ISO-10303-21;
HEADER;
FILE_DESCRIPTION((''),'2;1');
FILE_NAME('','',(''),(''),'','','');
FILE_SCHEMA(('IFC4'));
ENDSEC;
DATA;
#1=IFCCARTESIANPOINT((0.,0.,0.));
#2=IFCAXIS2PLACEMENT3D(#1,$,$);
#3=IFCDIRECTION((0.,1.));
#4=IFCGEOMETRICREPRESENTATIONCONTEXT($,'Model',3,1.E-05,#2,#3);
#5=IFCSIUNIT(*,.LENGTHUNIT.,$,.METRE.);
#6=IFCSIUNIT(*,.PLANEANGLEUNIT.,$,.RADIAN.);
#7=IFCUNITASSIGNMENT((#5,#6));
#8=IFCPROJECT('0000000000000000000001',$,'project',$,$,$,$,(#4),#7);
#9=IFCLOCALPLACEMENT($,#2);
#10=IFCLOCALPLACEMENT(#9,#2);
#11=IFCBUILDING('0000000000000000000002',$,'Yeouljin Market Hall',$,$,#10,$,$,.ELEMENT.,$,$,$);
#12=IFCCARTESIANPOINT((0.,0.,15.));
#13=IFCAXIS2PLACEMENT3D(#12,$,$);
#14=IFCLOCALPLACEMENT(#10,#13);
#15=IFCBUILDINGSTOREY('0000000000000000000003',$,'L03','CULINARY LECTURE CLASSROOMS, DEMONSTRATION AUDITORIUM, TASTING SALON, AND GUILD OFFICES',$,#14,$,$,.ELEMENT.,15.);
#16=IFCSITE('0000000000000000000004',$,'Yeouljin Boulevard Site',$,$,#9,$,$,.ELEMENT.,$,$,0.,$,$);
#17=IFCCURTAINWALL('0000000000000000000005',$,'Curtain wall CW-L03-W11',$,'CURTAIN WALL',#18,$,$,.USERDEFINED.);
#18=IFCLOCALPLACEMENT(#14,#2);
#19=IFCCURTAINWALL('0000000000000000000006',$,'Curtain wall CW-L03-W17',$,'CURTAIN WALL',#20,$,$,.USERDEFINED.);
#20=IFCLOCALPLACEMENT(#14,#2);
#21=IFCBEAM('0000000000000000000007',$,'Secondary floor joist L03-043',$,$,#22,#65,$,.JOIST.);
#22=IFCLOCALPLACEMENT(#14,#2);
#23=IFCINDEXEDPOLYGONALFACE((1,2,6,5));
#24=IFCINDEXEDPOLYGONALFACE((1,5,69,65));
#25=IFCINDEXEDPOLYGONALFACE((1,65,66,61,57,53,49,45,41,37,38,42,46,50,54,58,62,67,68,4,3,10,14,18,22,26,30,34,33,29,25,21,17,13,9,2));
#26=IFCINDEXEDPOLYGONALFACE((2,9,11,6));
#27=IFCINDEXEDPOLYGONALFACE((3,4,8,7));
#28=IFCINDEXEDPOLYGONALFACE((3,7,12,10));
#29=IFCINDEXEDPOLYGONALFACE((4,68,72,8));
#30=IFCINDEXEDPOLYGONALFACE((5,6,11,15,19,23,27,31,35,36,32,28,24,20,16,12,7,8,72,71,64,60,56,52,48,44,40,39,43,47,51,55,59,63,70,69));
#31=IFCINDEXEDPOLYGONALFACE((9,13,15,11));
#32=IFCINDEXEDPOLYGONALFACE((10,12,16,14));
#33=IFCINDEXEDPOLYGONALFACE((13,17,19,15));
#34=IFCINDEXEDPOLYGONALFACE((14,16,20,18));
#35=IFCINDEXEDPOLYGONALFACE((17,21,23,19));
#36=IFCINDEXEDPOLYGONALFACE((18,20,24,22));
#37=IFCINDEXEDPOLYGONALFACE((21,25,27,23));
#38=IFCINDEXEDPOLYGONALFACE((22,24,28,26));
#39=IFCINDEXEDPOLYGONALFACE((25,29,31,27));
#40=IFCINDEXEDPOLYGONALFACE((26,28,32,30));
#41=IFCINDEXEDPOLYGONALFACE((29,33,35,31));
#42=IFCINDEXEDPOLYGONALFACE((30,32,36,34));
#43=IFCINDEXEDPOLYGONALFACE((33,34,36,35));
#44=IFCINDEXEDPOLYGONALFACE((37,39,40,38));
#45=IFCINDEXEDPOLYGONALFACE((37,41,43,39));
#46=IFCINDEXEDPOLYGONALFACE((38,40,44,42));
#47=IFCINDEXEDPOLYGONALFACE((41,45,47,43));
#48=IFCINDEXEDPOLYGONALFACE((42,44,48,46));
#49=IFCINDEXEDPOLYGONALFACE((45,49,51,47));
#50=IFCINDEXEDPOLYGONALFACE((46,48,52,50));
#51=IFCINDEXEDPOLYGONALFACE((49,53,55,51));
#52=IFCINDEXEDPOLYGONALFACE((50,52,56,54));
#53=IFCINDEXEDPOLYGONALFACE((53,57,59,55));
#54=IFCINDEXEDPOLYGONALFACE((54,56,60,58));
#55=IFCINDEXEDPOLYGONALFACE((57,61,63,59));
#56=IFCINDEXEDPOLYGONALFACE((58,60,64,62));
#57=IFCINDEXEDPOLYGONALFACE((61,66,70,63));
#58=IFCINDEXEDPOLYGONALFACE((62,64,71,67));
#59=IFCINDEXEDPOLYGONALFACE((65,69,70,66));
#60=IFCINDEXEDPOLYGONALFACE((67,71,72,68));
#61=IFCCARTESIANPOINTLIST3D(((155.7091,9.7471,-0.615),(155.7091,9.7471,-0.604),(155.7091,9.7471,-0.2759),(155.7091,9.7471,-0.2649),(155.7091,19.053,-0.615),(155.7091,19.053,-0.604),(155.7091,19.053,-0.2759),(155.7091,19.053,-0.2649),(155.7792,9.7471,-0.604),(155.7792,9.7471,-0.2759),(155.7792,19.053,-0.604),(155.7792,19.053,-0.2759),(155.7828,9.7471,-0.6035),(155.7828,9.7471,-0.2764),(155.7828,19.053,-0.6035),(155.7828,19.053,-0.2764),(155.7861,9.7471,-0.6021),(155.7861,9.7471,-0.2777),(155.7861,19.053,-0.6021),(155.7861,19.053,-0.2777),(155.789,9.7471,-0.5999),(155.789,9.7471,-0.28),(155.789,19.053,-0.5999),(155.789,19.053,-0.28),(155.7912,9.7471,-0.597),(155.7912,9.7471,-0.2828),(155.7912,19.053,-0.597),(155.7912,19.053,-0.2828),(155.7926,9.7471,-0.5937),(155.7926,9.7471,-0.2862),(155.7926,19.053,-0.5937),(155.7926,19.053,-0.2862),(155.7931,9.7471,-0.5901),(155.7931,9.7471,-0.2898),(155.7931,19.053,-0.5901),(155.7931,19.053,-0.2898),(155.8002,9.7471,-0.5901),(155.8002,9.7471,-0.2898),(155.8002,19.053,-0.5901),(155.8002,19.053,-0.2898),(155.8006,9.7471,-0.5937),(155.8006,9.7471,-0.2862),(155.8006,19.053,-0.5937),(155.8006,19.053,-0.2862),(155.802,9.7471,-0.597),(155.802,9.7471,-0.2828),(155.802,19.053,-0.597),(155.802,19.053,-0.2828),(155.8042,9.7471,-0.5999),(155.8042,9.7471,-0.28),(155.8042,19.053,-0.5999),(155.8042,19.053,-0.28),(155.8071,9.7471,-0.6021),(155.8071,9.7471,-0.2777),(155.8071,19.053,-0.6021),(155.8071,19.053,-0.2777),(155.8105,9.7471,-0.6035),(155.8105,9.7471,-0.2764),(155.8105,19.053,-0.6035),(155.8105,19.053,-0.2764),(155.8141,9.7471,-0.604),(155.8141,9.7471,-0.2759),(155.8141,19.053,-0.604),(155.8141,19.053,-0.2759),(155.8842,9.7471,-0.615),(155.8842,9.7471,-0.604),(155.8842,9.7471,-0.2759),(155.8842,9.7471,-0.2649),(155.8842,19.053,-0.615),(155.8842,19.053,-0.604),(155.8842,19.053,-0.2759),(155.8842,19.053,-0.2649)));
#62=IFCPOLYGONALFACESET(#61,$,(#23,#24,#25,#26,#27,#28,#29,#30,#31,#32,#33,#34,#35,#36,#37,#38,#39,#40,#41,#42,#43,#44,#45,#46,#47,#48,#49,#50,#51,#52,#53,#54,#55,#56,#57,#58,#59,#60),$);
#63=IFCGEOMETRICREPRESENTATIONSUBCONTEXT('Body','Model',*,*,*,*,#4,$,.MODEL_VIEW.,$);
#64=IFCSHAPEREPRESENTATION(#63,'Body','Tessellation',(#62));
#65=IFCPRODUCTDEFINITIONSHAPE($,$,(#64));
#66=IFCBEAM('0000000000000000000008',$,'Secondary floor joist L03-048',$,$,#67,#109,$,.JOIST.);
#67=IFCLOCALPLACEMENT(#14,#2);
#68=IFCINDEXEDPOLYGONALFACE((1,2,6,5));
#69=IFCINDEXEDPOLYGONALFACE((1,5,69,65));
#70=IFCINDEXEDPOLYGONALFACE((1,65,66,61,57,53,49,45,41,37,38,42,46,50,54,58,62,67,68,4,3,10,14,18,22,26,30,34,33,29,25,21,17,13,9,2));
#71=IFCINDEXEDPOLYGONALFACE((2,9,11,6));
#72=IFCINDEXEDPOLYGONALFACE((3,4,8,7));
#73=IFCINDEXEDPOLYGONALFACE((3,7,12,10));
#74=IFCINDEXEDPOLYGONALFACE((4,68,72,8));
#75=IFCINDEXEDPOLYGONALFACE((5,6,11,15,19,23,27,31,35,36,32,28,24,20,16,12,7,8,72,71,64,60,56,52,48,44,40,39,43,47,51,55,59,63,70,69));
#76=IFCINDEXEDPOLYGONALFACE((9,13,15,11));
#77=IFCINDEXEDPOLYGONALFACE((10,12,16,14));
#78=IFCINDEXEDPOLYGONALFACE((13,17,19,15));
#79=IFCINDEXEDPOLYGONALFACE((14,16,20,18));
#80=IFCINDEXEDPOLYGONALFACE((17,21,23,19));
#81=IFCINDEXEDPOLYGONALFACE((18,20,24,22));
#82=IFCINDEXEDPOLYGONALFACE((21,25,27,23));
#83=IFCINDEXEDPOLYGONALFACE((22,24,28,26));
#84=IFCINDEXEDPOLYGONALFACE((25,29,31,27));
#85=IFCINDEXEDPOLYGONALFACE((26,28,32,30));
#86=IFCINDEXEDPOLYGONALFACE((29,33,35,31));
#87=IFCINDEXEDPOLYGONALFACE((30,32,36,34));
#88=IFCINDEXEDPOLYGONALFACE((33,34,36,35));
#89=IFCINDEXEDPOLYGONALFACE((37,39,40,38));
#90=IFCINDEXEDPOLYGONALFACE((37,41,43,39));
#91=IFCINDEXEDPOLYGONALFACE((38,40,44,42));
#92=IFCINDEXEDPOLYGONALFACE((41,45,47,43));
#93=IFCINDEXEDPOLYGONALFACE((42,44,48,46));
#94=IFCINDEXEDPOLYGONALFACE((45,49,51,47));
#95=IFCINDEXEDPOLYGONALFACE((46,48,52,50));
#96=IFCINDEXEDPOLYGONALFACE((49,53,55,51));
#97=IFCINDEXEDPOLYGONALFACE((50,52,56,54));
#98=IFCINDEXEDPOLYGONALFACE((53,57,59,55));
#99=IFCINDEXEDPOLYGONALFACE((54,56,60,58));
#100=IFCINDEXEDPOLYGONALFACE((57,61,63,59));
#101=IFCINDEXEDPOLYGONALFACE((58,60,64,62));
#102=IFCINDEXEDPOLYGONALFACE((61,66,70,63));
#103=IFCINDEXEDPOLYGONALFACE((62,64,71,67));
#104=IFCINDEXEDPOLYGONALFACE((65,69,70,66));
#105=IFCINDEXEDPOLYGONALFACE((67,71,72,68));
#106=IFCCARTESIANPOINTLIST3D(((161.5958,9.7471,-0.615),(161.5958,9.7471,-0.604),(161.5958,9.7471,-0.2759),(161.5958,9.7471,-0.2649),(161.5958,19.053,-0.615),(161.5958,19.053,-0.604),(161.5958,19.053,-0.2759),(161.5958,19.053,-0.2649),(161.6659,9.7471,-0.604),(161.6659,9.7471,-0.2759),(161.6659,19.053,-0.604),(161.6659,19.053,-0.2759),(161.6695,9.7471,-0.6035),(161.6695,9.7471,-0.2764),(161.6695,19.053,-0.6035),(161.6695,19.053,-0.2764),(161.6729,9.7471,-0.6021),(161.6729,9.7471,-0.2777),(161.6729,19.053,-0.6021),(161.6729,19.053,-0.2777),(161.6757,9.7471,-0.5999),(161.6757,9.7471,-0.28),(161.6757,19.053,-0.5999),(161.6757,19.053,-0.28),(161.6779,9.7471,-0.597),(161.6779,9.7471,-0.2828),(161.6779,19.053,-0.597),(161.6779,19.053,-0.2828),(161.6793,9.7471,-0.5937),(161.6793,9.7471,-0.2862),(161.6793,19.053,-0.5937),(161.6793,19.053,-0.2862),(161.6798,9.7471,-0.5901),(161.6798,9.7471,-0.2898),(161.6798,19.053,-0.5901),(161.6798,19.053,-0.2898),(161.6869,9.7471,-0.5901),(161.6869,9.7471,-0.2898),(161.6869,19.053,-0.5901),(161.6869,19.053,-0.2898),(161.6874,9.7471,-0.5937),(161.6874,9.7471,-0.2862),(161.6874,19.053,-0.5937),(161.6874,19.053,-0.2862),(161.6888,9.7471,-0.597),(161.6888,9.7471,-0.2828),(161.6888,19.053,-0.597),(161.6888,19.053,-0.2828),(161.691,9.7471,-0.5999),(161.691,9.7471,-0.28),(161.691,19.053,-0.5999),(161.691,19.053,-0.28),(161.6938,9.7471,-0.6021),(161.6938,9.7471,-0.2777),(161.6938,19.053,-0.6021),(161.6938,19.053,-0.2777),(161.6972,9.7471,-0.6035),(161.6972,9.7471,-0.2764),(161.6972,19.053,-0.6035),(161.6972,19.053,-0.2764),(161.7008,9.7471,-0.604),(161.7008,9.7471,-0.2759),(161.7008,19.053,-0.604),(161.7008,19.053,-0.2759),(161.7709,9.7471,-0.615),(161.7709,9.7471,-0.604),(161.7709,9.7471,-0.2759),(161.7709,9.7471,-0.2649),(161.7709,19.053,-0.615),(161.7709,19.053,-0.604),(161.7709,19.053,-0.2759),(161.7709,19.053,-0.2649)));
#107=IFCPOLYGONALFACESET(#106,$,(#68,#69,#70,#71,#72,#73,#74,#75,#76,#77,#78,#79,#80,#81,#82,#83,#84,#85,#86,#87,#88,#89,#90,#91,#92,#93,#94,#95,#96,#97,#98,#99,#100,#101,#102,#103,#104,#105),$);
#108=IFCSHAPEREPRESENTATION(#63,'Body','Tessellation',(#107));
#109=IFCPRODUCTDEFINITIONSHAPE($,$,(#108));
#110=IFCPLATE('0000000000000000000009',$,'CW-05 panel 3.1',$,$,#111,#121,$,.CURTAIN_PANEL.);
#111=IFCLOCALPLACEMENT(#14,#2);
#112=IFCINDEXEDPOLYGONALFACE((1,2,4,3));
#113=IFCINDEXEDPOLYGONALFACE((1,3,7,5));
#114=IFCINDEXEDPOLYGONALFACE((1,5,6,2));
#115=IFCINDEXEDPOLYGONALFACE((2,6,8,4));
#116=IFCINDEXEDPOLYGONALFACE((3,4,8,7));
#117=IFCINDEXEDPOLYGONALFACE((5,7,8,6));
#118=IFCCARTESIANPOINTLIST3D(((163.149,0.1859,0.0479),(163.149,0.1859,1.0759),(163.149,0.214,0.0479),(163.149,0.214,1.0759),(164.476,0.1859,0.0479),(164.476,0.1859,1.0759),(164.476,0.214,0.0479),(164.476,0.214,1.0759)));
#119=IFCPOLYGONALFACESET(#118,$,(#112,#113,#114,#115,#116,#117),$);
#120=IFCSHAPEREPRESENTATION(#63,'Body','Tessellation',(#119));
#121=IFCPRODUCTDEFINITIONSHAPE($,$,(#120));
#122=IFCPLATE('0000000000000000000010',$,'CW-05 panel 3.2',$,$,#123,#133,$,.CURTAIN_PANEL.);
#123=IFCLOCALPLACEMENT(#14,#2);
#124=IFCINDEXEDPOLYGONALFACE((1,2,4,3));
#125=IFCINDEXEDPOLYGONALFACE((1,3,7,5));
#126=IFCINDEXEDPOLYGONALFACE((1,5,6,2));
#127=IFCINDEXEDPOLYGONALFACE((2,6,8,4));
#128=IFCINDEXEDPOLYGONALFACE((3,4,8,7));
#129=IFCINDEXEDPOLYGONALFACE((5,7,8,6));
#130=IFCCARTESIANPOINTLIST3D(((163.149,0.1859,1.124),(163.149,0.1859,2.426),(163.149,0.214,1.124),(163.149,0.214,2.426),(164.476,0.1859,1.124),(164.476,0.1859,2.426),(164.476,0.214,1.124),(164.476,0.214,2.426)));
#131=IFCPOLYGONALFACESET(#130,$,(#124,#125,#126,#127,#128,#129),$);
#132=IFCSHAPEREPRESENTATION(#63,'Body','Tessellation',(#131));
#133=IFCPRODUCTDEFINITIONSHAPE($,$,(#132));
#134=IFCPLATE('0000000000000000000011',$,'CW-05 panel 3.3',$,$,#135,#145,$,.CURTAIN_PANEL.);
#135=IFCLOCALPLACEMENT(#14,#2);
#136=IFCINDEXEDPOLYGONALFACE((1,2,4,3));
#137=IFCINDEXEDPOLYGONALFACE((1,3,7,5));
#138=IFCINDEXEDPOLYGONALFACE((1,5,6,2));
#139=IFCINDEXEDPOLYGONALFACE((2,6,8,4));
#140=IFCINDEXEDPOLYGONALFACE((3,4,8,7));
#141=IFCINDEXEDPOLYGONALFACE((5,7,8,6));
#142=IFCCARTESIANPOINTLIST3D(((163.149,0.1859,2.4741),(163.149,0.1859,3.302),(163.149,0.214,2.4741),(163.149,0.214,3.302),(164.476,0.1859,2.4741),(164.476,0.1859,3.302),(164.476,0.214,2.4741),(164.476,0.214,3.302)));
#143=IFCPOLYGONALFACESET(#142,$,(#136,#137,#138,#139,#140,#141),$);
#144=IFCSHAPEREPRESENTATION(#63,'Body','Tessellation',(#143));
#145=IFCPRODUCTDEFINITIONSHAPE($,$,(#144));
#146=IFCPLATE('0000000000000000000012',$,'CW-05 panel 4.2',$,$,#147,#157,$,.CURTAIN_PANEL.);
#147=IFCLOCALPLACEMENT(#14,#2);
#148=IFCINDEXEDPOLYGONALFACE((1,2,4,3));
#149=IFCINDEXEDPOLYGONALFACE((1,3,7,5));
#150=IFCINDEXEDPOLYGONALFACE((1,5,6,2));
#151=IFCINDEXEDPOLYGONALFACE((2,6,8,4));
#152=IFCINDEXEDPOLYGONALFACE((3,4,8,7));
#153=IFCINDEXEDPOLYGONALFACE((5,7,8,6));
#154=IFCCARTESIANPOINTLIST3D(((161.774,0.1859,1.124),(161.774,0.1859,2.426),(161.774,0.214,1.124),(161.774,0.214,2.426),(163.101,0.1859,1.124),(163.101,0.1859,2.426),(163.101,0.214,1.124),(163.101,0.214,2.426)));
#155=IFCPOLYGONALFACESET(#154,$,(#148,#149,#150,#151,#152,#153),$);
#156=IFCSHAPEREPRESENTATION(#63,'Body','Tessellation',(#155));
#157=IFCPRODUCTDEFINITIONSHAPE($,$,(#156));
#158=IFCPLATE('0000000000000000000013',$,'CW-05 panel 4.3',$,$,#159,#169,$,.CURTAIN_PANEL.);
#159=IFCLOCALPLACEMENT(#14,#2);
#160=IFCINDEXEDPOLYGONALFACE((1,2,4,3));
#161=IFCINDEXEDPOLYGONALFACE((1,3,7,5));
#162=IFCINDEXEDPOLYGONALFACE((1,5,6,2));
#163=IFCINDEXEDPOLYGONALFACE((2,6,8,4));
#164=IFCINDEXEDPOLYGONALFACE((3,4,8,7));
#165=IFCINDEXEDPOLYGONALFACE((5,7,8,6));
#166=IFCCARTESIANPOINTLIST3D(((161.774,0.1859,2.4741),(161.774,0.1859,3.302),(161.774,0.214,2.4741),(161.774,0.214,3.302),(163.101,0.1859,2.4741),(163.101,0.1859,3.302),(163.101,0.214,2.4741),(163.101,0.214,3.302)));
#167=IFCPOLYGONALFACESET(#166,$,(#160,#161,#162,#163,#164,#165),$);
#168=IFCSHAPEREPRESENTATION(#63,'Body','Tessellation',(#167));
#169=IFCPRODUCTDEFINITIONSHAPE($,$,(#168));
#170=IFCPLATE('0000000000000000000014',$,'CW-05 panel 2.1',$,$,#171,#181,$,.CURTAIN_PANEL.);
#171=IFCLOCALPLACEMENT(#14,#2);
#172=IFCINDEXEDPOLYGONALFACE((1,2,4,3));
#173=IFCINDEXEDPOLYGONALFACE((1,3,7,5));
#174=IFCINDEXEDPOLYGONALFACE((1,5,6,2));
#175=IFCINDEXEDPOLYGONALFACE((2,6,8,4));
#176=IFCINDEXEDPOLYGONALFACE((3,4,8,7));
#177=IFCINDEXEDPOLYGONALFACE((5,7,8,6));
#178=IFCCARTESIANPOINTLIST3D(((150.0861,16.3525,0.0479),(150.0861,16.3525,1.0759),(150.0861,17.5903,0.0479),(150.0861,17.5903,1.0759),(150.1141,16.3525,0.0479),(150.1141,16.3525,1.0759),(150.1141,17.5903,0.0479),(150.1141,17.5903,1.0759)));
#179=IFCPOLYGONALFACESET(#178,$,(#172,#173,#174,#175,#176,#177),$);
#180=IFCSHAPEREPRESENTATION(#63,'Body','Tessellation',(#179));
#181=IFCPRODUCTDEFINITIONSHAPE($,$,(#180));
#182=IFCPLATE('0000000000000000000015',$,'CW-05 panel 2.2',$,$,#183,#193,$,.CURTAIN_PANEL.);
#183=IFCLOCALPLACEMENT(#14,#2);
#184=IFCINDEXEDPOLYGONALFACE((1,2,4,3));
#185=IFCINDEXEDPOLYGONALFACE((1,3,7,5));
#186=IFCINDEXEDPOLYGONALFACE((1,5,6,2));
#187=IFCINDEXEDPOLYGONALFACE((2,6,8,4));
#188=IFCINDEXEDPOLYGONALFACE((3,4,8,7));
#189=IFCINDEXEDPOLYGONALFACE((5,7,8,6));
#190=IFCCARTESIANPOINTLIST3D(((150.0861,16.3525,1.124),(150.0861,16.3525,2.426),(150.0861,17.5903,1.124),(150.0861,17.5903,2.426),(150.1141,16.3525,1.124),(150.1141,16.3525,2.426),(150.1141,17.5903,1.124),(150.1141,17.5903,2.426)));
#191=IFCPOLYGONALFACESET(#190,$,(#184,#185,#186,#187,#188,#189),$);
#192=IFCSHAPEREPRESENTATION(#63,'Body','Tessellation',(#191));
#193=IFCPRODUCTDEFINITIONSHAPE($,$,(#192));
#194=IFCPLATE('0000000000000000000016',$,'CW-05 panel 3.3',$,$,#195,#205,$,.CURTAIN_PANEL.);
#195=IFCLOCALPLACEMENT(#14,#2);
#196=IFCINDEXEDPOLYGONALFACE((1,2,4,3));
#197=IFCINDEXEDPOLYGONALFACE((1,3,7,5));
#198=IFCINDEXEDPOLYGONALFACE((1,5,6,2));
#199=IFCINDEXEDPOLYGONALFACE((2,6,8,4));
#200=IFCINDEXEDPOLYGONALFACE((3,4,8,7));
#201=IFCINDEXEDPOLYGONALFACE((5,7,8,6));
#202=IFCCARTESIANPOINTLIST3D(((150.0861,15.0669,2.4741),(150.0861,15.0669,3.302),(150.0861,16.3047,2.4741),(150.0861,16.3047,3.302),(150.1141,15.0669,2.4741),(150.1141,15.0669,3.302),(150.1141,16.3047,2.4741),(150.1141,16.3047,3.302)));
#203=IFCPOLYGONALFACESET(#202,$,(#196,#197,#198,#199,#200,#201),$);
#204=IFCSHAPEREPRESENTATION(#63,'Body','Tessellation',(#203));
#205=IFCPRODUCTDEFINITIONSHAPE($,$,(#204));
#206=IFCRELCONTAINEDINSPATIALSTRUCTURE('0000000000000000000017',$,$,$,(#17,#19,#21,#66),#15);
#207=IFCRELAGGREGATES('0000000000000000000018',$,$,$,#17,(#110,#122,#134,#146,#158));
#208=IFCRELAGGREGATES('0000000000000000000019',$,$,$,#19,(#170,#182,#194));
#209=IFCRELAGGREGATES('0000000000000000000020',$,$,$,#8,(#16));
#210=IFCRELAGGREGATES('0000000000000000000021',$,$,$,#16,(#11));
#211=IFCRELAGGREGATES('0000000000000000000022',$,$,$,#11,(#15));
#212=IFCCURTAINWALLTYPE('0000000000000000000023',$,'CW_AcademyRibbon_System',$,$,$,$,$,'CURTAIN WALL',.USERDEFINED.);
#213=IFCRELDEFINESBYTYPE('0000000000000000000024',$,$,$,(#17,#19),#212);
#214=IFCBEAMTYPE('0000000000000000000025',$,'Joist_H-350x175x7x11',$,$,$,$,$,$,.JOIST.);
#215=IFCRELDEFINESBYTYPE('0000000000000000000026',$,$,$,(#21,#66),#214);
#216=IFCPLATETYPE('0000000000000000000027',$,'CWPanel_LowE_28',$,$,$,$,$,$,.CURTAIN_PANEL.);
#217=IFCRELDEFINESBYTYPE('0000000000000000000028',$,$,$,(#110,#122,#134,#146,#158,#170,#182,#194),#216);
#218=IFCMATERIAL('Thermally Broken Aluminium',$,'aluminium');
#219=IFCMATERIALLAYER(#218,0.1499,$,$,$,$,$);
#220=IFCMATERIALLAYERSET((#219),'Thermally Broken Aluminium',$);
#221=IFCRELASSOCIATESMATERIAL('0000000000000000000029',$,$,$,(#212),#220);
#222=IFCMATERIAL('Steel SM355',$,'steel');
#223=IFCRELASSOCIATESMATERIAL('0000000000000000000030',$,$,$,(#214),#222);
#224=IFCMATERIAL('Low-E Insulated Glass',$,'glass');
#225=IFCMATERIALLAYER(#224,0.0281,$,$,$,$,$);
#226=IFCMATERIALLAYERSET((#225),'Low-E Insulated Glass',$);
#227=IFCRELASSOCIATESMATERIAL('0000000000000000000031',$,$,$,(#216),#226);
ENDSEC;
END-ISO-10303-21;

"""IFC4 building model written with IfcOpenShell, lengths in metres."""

from ifc_helpers import new_model, si_unit, direction, frame, origin, origin_2d, place, context, subcontext, project, spatial, rectangle, i_section, extrude, material, layer, layer_set, material_profile, profile_set, type_object, element, aggregate, save


model = new_model("IFC4")

# Units and contexts
model_context = context("Model", 3, precision=1e-05, world=origin(), true_north=direction((0.0, 1.0)))
body_context = subcontext(model_context, "Body", "Model", "MODEL_VIEW")
ifc_project = project(units=[si_unit("LENGTHUNIT", "METRE"), si_unit("PLANEANGLEUNIT", "RADIAN")], contexts=[model_context])

# Site, building, storey
site_placement = place(None, origin())
site = spatial("IfcSite", under=ifc_project, at=site_placement, Name="Yeouljin Boulevard Site", CompositionType="ELEMENT", RefElevation=0.0)
building_placement = place(site_placement, origin())
building = spatial("IfcBuilding", under=site, at=building_placement, Name="Yeouljin Market Hall", CompositionType="ELEMENT")
storey_placement = place(building_placement, frame((0.0, 0.0, 15.0)))
storey = spatial("IfcBuildingStorey", under=building, at=storey_placement, Name="L03", Description="CULINARY LECTURE CLASSROOMS, DEMONSTRATION AUDITORIUM, TASTING SALON, AND GUILD OFFICES", CompositionType="ELEMENT", Elevation=15.0)

# Curtain walls
ifc_material_1 = material(Name="Thermally Broken Aluminium", Category="aluminium")
ifc_layer_1 = layer(ifc_material_1, 0.1499)
ifc_layer_set_1 = layer_set([ifc_layer_1], Name="Thermally Broken Aluminium")
curtain_wall_type = type_object("IfcCurtainWallType", Name="CW_AcademyRibbon_System", ElementType="CURTAIN WALL", PredefinedType="USERDEFINED", material=ifc_layer_set_1)
curtain_wall_1_placement = place(storey_placement, origin())
curtain_wall_1 = element("IfcCurtainWall", 1, at=curtain_wall_1_placement, inside=storey, type_object=curtain_wall_type, Name="Curtain wall CW-L03-W11", ObjectType="CURTAIN WALL", PredefinedType="USERDEFINED")
curtain_wall_2_placement = place(storey_placement, origin())
curtain_wall_2 = element("IfcCurtainWall", 2, at=curtain_wall_2_placement, inside=storey, type_object=curtain_wall_type, Name="Curtain wall CW-L03-W17", ObjectType="CURTAIN WALL", PredefinedType="USERDEFINED")

# Beams
ifc_material_2 = material(Name="Steel SM355", Category="steel")
ifc_material_profile_1 = material_profile(ifc_material_2, i_section(OverallWidth=0.175, OverallDepth=0.3501, WebThickness=0.0071, FlangeThickness=0.011, FilletRadius=0.0139, at=origin_2d()), Name="H-350x175x7x11")
ifc_profile_set_1 = profile_set([ifc_material_profile_1], Name="Steel SM355")
beam_type_1 = type_object("IfcBeamType", Name="Joist_H-350x175x7x11", PredefinedType="JOIST", material=ifc_profile_set_1)
for number, where, z_axis, x_axis, name in (
    (3, (155.7966, 9.7471, -0.4399), (0.0, 1.0, 0.0), (-1.0, 0.0, 0.0), "Secondary floor joist L03-043"),
    (4, (161.6833, 9.7471, -0.4399), (0.0, 1.0, 0.0), (-1.0, 0.0, 0.0), "Secondary floor joist L03-048"),
):
    element("IfcBeam", number, at=place(storey_placement, frame(where, z_axis=z_axis, x_axis=x_axis)), inside=storey, type_object=beam_type_1, Name=name, PredefinedType="JOIST", context=body_context, shape_type="SweptSolid", body=[
        extrude(i_section(OverallWidth=0.175, OverallDepth=0.3501, WebThickness=0.0071, FlangeThickness=0.011, FilletRadius=0.0139, at=origin_2d()), origin(), (0.0, 0.0, 1.0), 9.3059),
    ])

# Plates
ifc_material_3 = material(Name="Low-E Insulated Glass", Category="glass")
ifc_layer_2 = layer(ifc_material_3, 0.0281)
ifc_layer_set_2 = layer_set([ifc_layer_2], Name="Low-E Insulated Glass")
plate_type = type_object("IfcPlateType", Name="CWPanel_LowE_28", PredefinedType="CURTAIN_PANEL", material=ifc_layer_set_2)
plate_1_placement = place(storey_placement, frame((163.8125, 0.2, 0.0479), z_axis=(0.0, 0.0, 1.0), x_axis=(-1.0, 0.0, 0.0)))
plate_1 = element("IfcPlate", 5, at=plate_1_placement, type_object=plate_type, Name="CW-05 panel 3.1", PredefinedType="CURTAIN_PANEL", context=body_context, shape_type="SweptSolid", body=[
    extrude(rectangle(XDim=1.3269, YDim=0.0281, at=origin_2d()), origin(), (0.0, 0.0, 1.0), 1.0281),
])
plate_2_placement = place(storey_placement, frame((163.8125, 0.2, 1.124), z_axis=(0.0, 0.0, 1.0), x_axis=(-1.0, 0.0, 0.0)))
plate_2 = element("IfcPlate", 6, at=plate_2_placement, type_object=plate_type, Name="CW-05 panel 3.2", PredefinedType="CURTAIN_PANEL", context=body_context, shape_type="SweptSolid", body=[
    extrude(rectangle(XDim=1.3269, YDim=0.0281, at=origin_2d()), origin(), (0.0, 0.0, 1.0), 1.302),
])
plate_3_placement = place(storey_placement, frame((163.8125, 0.2, 2.4741), z_axis=(0.0, 0.0, 1.0), x_axis=(-1.0, 0.0, 0.0)))
plate_3 = element("IfcPlate", 7, at=plate_3_placement, type_object=plate_type, Name="CW-05 panel 3.3", PredefinedType="CURTAIN_PANEL", context=body_context, shape_type="SweptSolid", body=[
    extrude(rectangle(XDim=1.3269, YDim=0.0281, at=origin_2d()), origin(), (0.0, 0.0, 1.0), 0.8279),
])
plate_4_placement = place(storey_placement, frame((162.4375, 0.2, 1.124), z_axis=(0.0, 0.0, 1.0), x_axis=(-1.0, 0.0, 0.0)))
plate_4 = element("IfcPlate", 8, at=plate_4_placement, type_object=plate_type, Name="CW-05 panel 4.2", PredefinedType="CURTAIN_PANEL", context=body_context, shape_type="SweptSolid", body=[
    extrude(rectangle(XDim=1.3269, YDim=0.0281, at=origin_2d()), origin(), (0.0, 0.0, 1.0), 1.302),
])
plate_5_placement = place(storey_placement, frame((162.4375, 0.2, 2.4741), z_axis=(0.0, 0.0, 1.0), x_axis=(-1.0, 0.0, 0.0)))
plate_5 = element("IfcPlate", 9, at=plate_5_placement, type_object=plate_type, Name="CW-05 panel 4.3", PredefinedType="CURTAIN_PANEL", context=body_context, shape_type="SweptSolid", body=[
    extrude(rectangle(XDim=1.3269, YDim=0.0281, at=origin_2d()), origin(), (0.0, 0.0, 1.0), 0.8279),
])
aggregate(curtain_wall_1, [plate_1, plate_2, plate_3, plate_4, plate_5])
plate_6_placement = place(storey_placement, frame((150.1001, 16.9714, 0.0479), z_axis=(0.0, 0.0, 1.0), x_axis=(0.0, -1.0, 0.0)))
plate_6 = element("IfcPlate", 10, at=plate_6_placement, type_object=plate_type, Name="CW-05 panel 2.1", PredefinedType="CURTAIN_PANEL", context=body_context, shape_type="SweptSolid", body=[
    extrude(rectangle(XDim=1.2378, YDim=0.0281, at=origin_2d()), origin(), (0.0, 0.0, 1.0), 1.0281),
])
plate_7_placement = place(storey_placement, frame((150.1001, 16.9714, 1.124), z_axis=(0.0, 0.0, 1.0), x_axis=(0.0, -1.0, 0.0)))
plate_7 = element("IfcPlate", 11, at=plate_7_placement, type_object=plate_type, Name="CW-05 panel 2.2", PredefinedType="CURTAIN_PANEL", context=body_context, shape_type="SweptSolid", body=[
    extrude(rectangle(XDim=1.2378, YDim=0.0281, at=origin_2d()), origin(), (0.0, 0.0, 1.0), 1.302),
])
plate_8_placement = place(storey_placement, frame((150.1001, 15.6858, 2.4741), z_axis=(0.0, 0.0, 1.0), x_axis=(0.0, -1.0, 0.0)))
plate_8 = element("IfcPlate", 12, at=plate_8_placement, type_object=plate_type, Name="CW-05 panel 3.3", PredefinedType="CURTAIN_PANEL", context=body_context, shape_type="SweptSolid", body=[
    extrude(rectangle(XDim=1.2378, YDim=0.0281, at=origin_2d()), origin(), (0.0, 0.0, 1.0), 0.8279),
])
aggregate(curtain_wall_2, [plate_6, plate_7, plate_8])

save(model, "model.ifc")
